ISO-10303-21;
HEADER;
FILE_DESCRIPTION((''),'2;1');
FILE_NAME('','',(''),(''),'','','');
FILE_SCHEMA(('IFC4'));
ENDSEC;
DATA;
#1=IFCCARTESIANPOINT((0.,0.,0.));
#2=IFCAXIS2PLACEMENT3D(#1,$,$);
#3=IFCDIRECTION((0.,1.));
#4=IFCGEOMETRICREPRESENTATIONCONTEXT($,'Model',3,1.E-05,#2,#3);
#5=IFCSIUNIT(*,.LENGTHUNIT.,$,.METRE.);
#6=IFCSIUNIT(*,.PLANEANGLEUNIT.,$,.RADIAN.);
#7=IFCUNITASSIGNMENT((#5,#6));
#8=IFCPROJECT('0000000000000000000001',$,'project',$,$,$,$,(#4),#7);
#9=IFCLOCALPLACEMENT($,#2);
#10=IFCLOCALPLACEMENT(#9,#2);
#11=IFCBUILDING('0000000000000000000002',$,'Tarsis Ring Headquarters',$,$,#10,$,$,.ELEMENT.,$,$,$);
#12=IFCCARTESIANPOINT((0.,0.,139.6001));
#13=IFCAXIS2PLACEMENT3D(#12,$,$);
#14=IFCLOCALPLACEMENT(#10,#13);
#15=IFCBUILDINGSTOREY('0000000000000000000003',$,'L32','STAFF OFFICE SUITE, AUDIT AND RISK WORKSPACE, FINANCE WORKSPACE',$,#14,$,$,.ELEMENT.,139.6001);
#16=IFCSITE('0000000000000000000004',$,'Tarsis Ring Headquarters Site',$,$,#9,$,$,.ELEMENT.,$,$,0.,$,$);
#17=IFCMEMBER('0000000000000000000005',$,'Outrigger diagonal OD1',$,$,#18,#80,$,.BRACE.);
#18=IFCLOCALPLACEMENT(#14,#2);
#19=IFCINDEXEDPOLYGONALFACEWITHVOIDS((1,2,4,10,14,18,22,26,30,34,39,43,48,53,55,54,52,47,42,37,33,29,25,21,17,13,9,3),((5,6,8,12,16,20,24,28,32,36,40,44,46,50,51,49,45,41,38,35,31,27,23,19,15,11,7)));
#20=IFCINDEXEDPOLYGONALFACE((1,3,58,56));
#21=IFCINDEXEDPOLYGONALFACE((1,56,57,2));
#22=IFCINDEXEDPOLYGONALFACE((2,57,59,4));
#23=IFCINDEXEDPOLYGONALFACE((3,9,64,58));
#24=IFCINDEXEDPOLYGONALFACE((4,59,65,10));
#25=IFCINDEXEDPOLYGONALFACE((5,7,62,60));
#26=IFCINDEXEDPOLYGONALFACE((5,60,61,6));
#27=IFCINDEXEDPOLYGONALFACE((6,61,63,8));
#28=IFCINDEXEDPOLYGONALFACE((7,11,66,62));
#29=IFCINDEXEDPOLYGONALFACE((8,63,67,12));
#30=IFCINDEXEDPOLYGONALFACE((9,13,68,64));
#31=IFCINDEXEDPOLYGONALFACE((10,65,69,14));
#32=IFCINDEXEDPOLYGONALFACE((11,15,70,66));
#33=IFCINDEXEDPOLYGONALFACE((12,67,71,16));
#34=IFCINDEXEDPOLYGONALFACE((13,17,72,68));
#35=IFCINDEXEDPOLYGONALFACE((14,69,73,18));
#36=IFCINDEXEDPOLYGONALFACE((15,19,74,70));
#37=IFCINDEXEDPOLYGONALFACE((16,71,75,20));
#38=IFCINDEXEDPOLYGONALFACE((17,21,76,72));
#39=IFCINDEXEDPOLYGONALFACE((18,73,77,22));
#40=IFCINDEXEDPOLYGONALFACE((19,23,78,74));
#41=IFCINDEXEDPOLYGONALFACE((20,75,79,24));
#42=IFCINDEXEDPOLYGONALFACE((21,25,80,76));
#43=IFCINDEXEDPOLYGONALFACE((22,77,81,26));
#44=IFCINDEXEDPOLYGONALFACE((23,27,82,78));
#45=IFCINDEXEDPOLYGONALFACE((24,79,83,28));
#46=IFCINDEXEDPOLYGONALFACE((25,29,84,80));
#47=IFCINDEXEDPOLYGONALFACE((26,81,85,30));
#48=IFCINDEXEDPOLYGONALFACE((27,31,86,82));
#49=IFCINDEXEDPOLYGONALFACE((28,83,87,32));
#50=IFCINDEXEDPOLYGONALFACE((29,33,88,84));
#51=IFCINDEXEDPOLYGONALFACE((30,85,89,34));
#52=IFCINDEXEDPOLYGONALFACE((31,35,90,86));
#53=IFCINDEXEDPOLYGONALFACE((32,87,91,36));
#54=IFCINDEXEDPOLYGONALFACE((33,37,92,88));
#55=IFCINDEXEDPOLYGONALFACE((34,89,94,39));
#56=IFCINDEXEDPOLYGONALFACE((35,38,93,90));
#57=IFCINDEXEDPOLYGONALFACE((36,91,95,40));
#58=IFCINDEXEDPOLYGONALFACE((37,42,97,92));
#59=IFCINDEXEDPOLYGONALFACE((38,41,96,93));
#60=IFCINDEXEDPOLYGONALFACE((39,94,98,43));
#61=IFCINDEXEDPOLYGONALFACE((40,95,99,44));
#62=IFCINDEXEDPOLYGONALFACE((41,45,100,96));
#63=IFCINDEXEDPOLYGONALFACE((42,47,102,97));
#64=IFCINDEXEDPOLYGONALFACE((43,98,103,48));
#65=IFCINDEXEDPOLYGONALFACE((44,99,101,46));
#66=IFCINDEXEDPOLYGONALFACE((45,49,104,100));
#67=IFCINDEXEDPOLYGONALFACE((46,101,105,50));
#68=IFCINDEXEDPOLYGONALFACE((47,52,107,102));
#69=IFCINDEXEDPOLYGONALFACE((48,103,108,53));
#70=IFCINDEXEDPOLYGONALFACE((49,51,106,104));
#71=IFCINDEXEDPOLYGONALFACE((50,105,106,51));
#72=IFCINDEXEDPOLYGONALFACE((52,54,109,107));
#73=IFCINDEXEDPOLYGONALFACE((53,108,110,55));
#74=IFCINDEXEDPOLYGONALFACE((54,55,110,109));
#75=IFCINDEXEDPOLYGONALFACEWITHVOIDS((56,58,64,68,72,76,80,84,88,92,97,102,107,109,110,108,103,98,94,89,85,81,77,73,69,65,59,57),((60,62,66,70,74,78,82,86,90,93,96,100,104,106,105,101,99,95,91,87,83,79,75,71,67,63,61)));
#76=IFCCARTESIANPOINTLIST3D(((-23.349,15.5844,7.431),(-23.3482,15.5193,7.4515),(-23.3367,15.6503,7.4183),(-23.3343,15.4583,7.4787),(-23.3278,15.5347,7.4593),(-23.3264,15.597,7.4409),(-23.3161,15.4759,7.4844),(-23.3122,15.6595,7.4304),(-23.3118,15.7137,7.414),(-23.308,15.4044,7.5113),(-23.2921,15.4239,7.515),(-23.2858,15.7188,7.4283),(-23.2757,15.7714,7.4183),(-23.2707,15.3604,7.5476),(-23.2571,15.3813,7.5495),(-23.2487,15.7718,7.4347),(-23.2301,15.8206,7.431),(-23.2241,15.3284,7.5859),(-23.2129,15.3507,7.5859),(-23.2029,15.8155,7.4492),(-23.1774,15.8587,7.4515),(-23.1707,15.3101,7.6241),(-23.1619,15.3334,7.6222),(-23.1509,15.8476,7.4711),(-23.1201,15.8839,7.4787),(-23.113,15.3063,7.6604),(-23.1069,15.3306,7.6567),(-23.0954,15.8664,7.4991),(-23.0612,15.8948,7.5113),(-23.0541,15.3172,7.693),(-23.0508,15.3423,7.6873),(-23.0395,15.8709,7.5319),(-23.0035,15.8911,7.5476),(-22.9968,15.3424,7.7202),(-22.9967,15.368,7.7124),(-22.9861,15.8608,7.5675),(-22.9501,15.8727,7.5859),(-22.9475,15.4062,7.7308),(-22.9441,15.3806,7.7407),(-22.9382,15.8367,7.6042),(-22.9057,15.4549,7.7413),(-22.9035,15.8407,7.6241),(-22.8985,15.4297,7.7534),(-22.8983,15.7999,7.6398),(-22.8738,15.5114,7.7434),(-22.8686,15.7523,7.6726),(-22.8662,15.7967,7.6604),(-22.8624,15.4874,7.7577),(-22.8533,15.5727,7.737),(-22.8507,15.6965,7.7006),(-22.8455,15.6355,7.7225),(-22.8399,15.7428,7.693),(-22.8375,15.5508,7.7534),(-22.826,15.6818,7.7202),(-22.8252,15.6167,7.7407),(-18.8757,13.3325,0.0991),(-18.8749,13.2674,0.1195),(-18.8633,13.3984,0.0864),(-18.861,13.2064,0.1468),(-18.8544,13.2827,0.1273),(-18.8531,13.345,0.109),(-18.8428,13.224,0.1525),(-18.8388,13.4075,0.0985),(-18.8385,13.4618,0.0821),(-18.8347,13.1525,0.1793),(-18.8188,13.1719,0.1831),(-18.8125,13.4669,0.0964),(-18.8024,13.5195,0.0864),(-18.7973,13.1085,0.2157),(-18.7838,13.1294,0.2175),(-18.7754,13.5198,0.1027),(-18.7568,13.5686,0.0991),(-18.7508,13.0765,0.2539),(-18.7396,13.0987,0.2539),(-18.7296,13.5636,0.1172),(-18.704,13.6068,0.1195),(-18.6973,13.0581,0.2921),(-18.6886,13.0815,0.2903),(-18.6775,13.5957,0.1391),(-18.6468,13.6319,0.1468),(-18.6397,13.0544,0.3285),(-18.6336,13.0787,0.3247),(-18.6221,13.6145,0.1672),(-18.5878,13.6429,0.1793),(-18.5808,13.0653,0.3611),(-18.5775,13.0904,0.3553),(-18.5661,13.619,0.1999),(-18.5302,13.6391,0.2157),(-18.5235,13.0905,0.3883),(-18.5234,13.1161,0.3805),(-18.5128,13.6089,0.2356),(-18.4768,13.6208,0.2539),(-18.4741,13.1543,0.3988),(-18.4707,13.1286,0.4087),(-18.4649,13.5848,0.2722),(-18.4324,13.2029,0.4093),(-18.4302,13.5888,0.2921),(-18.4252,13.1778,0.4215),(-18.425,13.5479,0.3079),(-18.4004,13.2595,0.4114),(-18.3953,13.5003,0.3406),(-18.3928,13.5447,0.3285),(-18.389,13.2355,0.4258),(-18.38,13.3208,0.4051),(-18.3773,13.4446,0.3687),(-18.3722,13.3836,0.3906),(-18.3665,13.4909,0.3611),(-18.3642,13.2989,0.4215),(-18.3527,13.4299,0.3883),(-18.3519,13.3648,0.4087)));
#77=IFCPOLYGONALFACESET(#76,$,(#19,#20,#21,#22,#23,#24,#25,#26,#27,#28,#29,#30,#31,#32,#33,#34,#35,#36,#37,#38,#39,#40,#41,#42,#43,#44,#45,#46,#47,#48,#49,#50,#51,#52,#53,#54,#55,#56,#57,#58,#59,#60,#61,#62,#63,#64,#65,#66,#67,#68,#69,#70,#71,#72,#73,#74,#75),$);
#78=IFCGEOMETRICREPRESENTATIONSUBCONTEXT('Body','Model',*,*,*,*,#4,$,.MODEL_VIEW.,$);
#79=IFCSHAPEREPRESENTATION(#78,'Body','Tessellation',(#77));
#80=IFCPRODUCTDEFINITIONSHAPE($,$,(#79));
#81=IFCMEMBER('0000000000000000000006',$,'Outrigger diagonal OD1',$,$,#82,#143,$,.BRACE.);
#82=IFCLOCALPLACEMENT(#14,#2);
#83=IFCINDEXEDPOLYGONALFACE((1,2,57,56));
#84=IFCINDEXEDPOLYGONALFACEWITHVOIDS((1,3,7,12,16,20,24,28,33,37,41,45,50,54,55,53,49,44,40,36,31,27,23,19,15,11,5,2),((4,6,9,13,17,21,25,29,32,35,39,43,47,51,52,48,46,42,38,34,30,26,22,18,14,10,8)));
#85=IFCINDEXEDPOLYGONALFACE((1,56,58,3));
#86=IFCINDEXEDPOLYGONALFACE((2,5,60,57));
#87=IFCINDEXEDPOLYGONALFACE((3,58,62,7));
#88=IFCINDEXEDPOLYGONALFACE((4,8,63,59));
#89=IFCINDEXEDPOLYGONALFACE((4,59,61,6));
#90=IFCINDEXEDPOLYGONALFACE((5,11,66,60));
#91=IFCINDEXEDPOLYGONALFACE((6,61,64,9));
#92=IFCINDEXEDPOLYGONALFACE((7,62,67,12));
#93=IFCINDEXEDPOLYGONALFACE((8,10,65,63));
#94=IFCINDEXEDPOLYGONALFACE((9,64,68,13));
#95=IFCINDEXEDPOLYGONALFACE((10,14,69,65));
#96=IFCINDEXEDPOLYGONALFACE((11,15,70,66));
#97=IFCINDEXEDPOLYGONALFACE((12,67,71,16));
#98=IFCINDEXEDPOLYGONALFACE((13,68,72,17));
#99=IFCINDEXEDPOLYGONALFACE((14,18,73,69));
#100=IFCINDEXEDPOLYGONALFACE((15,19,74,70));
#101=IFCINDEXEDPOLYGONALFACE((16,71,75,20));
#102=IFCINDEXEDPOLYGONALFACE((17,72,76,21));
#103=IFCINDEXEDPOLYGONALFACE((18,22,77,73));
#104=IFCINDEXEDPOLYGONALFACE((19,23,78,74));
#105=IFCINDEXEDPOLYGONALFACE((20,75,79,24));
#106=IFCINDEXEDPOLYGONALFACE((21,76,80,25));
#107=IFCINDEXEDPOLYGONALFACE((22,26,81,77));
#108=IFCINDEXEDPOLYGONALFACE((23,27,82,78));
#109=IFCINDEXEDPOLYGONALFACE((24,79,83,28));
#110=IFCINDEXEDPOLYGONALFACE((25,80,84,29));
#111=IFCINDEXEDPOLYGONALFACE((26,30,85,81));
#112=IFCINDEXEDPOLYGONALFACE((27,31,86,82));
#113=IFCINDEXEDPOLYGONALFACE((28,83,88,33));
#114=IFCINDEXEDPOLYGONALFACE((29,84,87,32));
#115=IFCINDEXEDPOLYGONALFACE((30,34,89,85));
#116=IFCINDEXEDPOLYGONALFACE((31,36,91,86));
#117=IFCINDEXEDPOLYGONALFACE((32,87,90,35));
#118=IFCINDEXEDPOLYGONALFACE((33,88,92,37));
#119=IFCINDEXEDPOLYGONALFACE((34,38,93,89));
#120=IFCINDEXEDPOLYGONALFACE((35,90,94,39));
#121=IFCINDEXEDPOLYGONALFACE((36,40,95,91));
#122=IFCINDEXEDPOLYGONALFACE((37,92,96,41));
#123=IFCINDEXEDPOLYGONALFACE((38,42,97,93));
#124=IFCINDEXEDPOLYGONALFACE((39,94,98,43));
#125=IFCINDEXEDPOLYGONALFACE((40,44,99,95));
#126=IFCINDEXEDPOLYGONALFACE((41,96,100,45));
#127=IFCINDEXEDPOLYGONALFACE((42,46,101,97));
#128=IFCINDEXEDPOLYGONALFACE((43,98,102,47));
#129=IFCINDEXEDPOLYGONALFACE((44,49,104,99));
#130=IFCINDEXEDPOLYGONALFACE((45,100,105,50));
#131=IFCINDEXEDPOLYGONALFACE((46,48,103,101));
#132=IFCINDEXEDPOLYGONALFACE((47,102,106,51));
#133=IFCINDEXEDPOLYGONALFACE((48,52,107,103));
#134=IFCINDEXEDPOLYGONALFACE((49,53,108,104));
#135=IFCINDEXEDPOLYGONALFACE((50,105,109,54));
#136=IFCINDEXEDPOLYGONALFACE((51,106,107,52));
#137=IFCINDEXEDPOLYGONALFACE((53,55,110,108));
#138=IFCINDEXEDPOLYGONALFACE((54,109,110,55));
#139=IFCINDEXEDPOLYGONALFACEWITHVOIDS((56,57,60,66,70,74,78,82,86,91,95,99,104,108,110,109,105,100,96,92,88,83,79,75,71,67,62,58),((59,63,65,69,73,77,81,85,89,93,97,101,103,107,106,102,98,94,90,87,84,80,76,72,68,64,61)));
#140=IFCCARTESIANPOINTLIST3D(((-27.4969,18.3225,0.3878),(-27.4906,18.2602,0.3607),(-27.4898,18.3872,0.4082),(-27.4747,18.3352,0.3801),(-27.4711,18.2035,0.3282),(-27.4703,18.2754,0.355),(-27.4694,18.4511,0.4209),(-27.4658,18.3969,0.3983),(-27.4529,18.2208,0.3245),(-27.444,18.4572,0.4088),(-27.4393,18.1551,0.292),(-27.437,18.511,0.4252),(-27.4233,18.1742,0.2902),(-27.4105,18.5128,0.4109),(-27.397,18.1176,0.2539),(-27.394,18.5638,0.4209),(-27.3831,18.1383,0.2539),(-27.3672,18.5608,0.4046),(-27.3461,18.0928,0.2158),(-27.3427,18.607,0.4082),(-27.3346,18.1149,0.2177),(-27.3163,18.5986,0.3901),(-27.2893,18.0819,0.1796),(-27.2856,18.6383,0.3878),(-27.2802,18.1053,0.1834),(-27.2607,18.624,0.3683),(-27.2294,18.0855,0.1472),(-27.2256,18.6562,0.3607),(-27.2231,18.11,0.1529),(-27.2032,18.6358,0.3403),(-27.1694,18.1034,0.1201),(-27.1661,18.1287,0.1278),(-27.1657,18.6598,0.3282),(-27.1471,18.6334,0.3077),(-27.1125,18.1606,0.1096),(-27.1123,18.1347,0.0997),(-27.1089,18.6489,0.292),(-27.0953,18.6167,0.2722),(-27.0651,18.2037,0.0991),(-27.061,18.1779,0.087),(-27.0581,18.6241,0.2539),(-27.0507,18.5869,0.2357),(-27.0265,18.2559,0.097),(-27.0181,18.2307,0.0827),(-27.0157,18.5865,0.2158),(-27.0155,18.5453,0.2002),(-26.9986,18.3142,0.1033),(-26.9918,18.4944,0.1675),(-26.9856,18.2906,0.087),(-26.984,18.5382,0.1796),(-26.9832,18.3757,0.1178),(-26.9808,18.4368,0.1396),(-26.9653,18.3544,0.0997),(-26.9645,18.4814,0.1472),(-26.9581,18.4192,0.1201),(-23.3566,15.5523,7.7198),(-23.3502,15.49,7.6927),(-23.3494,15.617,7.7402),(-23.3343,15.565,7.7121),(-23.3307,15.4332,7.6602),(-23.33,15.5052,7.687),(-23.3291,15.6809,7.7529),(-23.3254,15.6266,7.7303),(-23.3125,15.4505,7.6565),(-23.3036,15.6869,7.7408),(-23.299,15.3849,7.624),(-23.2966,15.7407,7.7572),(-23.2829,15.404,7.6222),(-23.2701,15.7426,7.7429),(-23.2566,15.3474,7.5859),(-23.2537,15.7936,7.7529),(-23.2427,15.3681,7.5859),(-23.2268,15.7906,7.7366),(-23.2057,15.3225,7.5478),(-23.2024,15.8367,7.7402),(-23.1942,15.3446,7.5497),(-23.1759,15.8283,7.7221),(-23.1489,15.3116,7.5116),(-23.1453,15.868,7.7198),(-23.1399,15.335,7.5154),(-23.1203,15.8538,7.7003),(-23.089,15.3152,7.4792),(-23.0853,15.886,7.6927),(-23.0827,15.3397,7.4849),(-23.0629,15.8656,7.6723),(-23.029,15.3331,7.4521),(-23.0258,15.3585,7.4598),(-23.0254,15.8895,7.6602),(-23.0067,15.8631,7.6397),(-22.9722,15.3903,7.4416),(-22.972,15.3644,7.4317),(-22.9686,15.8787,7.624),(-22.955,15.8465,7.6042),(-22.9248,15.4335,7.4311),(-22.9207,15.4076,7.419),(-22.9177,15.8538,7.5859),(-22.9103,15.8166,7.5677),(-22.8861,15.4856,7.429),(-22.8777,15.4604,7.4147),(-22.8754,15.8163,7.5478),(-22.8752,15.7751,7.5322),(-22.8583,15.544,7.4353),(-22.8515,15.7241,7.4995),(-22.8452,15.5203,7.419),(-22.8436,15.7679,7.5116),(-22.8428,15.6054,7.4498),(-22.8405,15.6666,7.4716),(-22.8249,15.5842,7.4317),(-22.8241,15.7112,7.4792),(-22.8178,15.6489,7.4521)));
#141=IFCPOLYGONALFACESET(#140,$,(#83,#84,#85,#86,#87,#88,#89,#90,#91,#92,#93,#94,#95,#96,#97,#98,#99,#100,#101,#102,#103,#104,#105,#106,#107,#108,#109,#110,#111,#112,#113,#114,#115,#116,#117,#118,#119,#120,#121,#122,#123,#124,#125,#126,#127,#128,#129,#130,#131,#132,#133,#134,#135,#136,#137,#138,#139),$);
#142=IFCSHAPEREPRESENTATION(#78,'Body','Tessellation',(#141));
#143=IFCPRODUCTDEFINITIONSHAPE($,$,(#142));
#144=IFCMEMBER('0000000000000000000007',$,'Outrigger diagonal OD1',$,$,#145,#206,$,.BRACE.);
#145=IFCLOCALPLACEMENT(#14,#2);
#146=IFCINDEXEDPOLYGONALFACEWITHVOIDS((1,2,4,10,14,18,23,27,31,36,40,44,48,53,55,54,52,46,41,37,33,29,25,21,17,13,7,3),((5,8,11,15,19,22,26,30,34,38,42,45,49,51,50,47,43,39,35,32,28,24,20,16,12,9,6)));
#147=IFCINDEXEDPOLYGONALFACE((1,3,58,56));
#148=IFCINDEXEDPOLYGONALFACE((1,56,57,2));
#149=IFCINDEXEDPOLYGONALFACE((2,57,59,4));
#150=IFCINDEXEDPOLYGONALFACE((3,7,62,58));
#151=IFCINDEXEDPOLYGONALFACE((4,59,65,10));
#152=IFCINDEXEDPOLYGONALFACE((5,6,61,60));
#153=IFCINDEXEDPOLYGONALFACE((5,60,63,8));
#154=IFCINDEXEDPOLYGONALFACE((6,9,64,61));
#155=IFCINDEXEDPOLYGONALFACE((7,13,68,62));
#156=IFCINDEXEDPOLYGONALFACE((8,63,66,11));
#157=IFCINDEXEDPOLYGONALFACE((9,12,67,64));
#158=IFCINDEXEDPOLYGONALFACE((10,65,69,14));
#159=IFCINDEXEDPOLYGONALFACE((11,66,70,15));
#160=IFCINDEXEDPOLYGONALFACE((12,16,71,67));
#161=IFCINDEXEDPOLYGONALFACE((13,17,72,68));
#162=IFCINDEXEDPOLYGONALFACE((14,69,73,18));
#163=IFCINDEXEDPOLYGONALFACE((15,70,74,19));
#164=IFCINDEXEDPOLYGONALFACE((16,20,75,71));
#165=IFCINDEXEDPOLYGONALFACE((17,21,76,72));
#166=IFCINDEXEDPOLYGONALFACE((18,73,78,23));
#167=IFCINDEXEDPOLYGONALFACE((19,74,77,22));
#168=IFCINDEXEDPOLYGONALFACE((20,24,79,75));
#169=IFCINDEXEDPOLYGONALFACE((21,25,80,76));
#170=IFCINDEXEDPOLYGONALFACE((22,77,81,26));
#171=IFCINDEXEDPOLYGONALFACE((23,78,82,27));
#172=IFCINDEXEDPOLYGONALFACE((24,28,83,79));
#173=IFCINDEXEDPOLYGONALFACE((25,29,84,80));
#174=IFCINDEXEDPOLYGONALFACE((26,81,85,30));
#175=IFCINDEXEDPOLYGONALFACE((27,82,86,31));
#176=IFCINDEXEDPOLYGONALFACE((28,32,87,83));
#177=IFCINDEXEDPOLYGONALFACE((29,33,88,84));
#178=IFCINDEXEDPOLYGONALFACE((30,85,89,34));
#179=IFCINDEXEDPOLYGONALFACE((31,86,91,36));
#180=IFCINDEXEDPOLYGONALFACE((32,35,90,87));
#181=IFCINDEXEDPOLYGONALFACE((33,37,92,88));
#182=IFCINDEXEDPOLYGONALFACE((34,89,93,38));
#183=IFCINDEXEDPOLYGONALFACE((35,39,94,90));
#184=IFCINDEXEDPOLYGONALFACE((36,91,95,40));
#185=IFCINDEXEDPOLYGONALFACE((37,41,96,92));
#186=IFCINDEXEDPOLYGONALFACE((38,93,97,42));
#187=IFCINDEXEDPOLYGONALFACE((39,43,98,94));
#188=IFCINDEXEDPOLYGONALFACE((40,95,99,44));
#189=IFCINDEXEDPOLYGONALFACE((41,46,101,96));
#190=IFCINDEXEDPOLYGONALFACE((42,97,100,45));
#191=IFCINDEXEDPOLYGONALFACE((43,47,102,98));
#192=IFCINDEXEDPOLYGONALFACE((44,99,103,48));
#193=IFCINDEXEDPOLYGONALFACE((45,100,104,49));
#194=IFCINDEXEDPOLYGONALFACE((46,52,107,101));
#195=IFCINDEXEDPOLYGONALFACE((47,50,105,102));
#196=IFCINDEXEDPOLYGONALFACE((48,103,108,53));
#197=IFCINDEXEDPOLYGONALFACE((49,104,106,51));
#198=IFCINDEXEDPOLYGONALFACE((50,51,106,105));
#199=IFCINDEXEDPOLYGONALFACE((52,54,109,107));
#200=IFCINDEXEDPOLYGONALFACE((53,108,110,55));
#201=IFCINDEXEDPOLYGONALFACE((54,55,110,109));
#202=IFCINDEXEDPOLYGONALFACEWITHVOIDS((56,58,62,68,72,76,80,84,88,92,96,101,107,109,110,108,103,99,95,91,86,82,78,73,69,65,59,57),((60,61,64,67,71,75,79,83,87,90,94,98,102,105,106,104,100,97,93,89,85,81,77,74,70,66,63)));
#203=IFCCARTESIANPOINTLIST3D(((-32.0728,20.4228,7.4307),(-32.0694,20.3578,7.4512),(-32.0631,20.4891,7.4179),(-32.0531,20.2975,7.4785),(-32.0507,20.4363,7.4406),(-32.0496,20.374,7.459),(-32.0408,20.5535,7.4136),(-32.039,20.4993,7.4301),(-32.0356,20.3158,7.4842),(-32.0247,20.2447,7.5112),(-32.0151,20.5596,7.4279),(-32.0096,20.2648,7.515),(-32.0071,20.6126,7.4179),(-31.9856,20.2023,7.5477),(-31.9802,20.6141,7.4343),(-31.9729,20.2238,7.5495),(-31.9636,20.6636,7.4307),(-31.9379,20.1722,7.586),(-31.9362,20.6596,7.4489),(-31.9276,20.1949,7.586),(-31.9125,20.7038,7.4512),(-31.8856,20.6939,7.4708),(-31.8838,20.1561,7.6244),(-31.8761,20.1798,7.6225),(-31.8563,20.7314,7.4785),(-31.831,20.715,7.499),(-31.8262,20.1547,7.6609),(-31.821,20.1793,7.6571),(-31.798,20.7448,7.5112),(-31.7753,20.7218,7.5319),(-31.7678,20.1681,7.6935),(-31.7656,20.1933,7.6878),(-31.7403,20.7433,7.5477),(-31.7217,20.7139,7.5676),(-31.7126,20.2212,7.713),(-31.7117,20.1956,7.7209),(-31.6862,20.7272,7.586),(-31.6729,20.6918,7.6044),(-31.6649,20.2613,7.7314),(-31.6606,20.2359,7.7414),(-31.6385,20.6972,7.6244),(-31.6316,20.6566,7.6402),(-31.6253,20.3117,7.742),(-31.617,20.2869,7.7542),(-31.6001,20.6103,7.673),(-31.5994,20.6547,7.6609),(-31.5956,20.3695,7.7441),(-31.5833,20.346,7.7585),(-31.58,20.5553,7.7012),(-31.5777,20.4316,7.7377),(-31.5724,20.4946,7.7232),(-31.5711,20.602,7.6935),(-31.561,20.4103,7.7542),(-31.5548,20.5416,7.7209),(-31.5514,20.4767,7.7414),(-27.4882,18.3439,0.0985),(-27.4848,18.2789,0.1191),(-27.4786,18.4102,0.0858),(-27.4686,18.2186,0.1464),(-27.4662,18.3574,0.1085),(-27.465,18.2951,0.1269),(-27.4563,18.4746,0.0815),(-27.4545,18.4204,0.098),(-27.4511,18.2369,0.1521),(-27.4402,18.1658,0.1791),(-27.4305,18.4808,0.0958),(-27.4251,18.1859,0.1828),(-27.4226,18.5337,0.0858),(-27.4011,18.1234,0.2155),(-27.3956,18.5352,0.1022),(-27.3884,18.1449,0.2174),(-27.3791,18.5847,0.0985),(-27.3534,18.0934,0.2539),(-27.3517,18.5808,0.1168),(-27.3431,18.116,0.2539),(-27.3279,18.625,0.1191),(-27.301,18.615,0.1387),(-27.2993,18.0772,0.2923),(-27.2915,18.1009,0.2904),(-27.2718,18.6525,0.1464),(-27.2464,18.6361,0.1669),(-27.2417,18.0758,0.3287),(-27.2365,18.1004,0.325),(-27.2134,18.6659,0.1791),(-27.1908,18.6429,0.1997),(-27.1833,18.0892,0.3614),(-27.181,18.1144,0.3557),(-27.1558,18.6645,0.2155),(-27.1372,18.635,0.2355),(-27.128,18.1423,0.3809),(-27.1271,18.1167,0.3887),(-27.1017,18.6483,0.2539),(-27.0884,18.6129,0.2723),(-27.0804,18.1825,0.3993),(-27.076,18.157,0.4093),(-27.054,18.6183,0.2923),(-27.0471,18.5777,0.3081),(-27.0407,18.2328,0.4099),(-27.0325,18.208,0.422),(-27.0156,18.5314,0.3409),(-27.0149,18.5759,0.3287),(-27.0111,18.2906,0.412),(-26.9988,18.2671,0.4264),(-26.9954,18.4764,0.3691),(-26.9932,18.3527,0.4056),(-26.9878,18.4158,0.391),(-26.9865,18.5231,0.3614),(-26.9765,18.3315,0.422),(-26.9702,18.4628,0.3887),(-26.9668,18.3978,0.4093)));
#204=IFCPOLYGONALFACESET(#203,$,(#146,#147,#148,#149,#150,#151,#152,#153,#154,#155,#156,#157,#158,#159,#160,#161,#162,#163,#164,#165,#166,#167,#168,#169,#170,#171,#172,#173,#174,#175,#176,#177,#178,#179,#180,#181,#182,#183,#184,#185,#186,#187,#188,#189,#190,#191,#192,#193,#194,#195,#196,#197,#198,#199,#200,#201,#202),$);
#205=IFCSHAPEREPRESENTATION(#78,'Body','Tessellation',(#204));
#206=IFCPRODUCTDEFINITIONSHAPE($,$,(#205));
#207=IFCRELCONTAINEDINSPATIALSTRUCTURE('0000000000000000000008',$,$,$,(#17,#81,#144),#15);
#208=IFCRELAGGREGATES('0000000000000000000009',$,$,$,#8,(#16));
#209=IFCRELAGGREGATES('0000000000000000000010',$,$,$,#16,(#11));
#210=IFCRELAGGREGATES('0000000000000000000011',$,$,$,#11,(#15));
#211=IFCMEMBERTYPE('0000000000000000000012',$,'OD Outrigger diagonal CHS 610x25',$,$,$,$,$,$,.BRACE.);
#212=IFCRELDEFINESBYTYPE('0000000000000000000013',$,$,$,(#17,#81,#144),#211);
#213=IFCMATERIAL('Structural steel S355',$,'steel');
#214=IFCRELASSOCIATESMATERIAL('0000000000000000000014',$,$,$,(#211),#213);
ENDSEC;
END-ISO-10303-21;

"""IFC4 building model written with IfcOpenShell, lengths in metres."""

from ifc_helpers import new_model, si_unit, direction, frame, origin, origin_2d, place, context, subcontext, project, spatial, hollow_circle, extrude, material, material_profile, profile_set, type_object, element, save


model = new_model("IFC4")

# Units and contexts
model_context = context("Model", 3, precision=1e-05, world=origin(), true_north=direction((0.0, 1.0)))
body_context = subcontext(model_context, "Body", "Model", "MODEL_VIEW")
ifc_project = project(units=[si_unit("LENGTHUNIT", "METRE"), si_unit("PLANEANGLEUNIT", "RADIAN")], contexts=[model_context])

# Site, building, storey
site_placement = place(None, origin())
site = spatial("IfcSite", under=ifc_project, at=site_placement, Name="Tarsis Ring Headquarters Site", CompositionType="ELEMENT", RefElevation=0.0)
building_placement = place(site_placement, origin())
building = spatial("IfcBuilding", under=site, at=building_placement, Name="Tarsis Ring Headquarters", CompositionType="ELEMENT")
storey_placement = place(building_placement, frame((0.0, 0.0, 139.6001)))
storey = spatial("IfcBuildingStorey", under=building, at=storey_placement, Name="L32", Description="STAFF OFFICE SUITE, AUDIT AND RISK WORKSPACE, FINANCE WORKSPACE", CompositionType="ELEMENT", Elevation=139.6001)

# Members
ifc_material_1 = material(Name="Structural steel S355", Category="steel")
ifc_material_profile_1 = material_profile(ifc_material_1, hollow_circle(Radius=0.3047, WallThickness=0.0249, at=origin_2d()), Name="CHS 610x25")
ifc_profile_set_1 = profile_set([ifc_material_profile_1], Name="Structural steel S355")
member_type_1 = type_object("IfcMemberType", Name="OD Outrigger diagonal CHS 610x25", PredefinedType="BRACE", material=ifc_profile_set_1)
member_1_placement = place(storey_placement, frame((-18.6138, 13.3486, 0.2539), z_axis=(-0.503802, 0.25362, 0.825748), x_axis=(-0.449649, -0.893205, 0.0)))
element("IfcMember", 1, at=member_1_placement, inside=storey, type_object=member_type_1, Name="Outrigger diagonal OD1", PredefinedType="BRACE", context=body_context, shape_type="SweptSolid", body=[
    extrude(hollow_circle(Radius=0.3047, WallThickness=0.0249, at=origin_2d()), origin(), (0.0, 0.0, 1.0), 8.8792),
])
member_2_placement = place(storey_placement, frame((-23.0872, 15.6006, 7.5859), z_axis=(-0.467085, 0.312519, -0.827142), x_axis=(-0.55609, -0.831122, 0.0)))
element("IfcMember", 2, at=member_2_placement, inside=storey, type_object=member_type_1, Name="Outrigger diagonal OD1", PredefinedType="BRACE", context=body_context, shape_type="SweptSolid", body=[
    extrude(hollow_circle(Radius=0.3047, WallThickness=0.0249, at=origin_2d()), origin(), (0.0, 0.0, 1.0), 8.8643),
])
member_3_placement = place(storey_placement, frame((-27.2275, 18.3708, 0.2539), z_axis=(-0.515475, 0.233745, 0.824408), x_axis=(-0.412981, -0.91074, 0.0)))
element("IfcMember", 3, at=member_3_placement, inside=storey, type_object=member_type_1, Name="Outrigger diagonal OD1", PredefinedType="BRACE", context=body_context, shape_type="SweptSolid", body=[
    extrude(hollow_circle(Radius=0.3047, WallThickness=0.0249, at=origin_2d()), origin(), (0.0, 0.0, 1.0), 8.8938),
])

save(model, "model.ifc")
